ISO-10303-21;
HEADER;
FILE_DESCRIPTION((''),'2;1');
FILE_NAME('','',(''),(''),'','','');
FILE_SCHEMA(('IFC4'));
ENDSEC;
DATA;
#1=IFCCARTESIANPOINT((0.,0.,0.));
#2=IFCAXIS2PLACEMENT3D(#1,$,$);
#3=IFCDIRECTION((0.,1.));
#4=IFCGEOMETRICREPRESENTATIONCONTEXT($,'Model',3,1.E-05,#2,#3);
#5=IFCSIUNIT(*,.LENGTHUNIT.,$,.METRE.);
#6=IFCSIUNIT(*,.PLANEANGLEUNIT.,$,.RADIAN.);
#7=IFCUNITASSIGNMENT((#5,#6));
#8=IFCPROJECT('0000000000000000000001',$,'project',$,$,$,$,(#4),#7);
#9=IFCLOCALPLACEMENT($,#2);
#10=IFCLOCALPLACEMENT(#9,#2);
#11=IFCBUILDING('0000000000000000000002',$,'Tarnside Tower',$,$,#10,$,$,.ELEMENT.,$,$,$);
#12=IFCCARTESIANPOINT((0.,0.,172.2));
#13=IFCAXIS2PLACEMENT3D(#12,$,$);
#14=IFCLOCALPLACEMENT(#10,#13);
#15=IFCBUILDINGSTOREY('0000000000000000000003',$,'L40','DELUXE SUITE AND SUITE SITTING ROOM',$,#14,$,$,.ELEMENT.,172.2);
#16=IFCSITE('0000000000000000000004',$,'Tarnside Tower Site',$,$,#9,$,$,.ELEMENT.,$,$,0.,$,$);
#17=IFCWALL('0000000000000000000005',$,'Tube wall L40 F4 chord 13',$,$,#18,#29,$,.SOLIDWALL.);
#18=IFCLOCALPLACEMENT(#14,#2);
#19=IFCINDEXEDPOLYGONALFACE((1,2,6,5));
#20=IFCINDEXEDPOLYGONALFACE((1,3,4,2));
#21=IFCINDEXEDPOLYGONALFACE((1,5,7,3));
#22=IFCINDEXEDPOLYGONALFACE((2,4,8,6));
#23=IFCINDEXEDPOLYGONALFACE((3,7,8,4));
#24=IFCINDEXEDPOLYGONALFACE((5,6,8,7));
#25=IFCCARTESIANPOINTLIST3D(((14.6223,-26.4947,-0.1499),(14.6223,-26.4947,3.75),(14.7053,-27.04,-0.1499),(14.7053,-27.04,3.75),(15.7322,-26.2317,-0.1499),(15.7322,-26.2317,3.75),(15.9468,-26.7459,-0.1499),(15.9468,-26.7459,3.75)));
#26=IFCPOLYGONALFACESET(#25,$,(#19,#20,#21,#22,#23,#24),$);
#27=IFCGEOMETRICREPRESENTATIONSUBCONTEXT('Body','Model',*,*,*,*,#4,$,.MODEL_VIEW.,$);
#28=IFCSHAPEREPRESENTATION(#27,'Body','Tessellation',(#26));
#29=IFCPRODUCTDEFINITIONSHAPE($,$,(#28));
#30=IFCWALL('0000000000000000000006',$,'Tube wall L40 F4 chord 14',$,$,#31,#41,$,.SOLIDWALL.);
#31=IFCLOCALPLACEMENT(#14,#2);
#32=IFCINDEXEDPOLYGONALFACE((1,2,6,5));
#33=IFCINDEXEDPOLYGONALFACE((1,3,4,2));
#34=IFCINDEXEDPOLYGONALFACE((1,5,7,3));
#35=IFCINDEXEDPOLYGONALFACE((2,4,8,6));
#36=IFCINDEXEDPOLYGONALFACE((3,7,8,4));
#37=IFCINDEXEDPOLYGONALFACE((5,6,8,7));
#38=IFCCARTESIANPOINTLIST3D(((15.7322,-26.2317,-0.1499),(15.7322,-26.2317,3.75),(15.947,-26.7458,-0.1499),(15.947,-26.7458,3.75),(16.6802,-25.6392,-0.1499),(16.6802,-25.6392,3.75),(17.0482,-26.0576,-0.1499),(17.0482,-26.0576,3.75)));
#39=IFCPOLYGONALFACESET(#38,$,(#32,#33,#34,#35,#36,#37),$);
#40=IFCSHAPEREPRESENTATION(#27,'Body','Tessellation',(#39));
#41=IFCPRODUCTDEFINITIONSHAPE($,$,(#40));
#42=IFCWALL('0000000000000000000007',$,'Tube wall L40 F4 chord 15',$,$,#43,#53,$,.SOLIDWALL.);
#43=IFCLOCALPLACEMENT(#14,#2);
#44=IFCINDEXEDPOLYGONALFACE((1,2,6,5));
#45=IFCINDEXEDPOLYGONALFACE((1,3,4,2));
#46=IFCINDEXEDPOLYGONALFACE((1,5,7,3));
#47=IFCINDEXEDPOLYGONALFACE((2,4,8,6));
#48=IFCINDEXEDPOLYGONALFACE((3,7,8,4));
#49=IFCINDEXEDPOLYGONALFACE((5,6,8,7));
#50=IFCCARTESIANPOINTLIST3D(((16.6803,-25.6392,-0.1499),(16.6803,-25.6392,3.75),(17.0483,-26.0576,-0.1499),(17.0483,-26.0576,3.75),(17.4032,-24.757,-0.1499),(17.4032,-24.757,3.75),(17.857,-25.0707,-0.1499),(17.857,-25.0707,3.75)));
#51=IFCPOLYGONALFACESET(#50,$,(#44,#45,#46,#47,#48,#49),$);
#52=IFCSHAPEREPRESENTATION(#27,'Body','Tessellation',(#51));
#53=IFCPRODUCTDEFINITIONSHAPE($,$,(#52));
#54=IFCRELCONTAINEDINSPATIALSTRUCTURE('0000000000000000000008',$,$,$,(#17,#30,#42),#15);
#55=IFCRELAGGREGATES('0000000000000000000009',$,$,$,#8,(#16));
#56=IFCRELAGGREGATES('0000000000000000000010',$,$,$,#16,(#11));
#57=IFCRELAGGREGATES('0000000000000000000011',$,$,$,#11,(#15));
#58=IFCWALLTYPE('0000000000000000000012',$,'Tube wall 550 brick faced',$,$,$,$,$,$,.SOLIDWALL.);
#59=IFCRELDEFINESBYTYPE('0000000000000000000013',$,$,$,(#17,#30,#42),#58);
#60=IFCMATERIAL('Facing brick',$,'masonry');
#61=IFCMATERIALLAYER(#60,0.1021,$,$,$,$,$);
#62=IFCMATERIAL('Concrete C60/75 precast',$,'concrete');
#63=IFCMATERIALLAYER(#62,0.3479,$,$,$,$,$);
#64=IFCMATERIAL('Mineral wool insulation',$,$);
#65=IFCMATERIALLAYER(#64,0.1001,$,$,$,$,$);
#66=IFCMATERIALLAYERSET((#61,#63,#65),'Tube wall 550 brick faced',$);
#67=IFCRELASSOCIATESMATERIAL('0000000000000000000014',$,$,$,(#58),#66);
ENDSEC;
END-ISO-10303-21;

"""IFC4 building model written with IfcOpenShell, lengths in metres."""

from ifc_helpers import new_model, si_unit, direction, frame, origin, place, context, subcontext, project, spatial, polyline, outline, extrude, material, layer, layer_set, type_object, element, save


model = new_model("IFC4")

# Units and contexts
model_context = context("Model", 3, precision=1e-05, world=origin(), true_north=direction((0.0, 1.0)))
body_context = subcontext(model_context, "Body", "Model", "MODEL_VIEW")
ifc_project = project(units=[si_unit("LENGTHUNIT", "METRE"), si_unit("PLANEANGLEUNIT", "RADIAN")], contexts=[model_context])

# Site, building, storey
site_placement = place(None, origin())
site = spatial("IfcSite", under=ifc_project, at=site_placement, Name="Tarnside Tower Site", CompositionType="ELEMENT", RefElevation=0.0)
building_placement = place(site_placement, origin())
building = spatial("IfcBuilding", under=site, at=building_placement, Name="Tarnside Tower", CompositionType="ELEMENT")
storey_placement = place(building_placement, frame((0.0, 0.0, 172.2)))
storey = spatial("IfcBuildingStorey", under=building, at=storey_placement, Name="L40", Description="DELUXE SUITE AND SUITE SITTING ROOM", CompositionType="ELEMENT", Elevation=172.2)

# Walls
ifc_material_1 = material(Name="Facing brick", Category="masonry")
ifc_layer_1 = layer(ifc_material_1, 0.1021)
ifc_material_2 = material(Name="Concrete C60/75 precast", Category="concrete")
ifc_layer_2 = layer(ifc_material_2, 0.3479)
ifc_material_3 = material(Name="Mineral wool insulation")
ifc_layer_3 = layer(ifc_material_3, 0.1001)
ifc_layer_set_1 = layer_set([ifc_layer_1, ifc_layer_2, ifc_layer_3], Name="Tube wall 550 brick faced")
wall_type_1 = type_object("IfcWallType", Name="Tube wall 550 brick faced", PredefinedType="SOLIDWALL", material=ifc_layer_set_1)
wall_1_placement = place(storey_placement, frame((14.6638, -26.7673, -0.1499), z_axis=(0.0, 0.0, 1.0), x_axis=(0.973064, 0.230537, 0.0)))
element("IfcWall", 1, at=wall_1_placement, inside=storey, type_object=wall_type_1, Name="Tube wall L40 F4 chord 13", PredefinedType="SOLIDWALL", context=body_context, shape_type="SweptSolid", body=[
    extrude(outline(polyline([(-0.0225, -0.2749), (1.2534, -0.2749), (1.1631, 0.2749), (0.0225, 0.2749), (-0.0225, -0.2749)])), origin(), (0.0, 0.0, 1.0), 3.8999),
])
wall_2_placement = place(storey_placement, frame((15.8396, -26.4888, -0.1499), z_axis=(0.0, 0.0, 1.0), x_axis=(0.84801, 0.529981, 0.0)))
element("IfcWall", 2, at=wall_2_placement, inside=storey, type_object=wall_type_1, Name="Tube wall L40 F4 chord 14", PredefinedType="SOLIDWALL", context=body_context, shape_type="SweptSolid", body=[
    extrude(outline(polyline([(-0.0452, -0.2749), (1.2534, -0.2749), (1.1631, 0.2749), (0.0452, 0.2749), (-0.0452, -0.2749)])), origin(), (0.0, 0.0, 1.0), 3.8999),
])
wall_3_placement = place(storey_placement, frame((16.8643, -25.8484, -0.1499), z_axis=(0.0, 0.0, 1.0), x_axis=(0.633843, 0.773462, 0.0)))
element("IfcWall", 3, at=wall_3_placement, inside=storey, type_object=wall_type_1, Name="Tube wall L40 F4 chord 15", PredefinedType="SOLIDWALL", context=body_context, shape_type="SweptSolid", body=[
    extrude(outline(polyline([(-0.0452, -0.2749), (1.2307, -0.2749), (1.1858, 0.2749), (0.0452, 0.2749), (-0.0452, -0.2749)])), origin(), (0.0, 0.0, 1.0), 3.8999),
])

save(model, "model.ifc")
